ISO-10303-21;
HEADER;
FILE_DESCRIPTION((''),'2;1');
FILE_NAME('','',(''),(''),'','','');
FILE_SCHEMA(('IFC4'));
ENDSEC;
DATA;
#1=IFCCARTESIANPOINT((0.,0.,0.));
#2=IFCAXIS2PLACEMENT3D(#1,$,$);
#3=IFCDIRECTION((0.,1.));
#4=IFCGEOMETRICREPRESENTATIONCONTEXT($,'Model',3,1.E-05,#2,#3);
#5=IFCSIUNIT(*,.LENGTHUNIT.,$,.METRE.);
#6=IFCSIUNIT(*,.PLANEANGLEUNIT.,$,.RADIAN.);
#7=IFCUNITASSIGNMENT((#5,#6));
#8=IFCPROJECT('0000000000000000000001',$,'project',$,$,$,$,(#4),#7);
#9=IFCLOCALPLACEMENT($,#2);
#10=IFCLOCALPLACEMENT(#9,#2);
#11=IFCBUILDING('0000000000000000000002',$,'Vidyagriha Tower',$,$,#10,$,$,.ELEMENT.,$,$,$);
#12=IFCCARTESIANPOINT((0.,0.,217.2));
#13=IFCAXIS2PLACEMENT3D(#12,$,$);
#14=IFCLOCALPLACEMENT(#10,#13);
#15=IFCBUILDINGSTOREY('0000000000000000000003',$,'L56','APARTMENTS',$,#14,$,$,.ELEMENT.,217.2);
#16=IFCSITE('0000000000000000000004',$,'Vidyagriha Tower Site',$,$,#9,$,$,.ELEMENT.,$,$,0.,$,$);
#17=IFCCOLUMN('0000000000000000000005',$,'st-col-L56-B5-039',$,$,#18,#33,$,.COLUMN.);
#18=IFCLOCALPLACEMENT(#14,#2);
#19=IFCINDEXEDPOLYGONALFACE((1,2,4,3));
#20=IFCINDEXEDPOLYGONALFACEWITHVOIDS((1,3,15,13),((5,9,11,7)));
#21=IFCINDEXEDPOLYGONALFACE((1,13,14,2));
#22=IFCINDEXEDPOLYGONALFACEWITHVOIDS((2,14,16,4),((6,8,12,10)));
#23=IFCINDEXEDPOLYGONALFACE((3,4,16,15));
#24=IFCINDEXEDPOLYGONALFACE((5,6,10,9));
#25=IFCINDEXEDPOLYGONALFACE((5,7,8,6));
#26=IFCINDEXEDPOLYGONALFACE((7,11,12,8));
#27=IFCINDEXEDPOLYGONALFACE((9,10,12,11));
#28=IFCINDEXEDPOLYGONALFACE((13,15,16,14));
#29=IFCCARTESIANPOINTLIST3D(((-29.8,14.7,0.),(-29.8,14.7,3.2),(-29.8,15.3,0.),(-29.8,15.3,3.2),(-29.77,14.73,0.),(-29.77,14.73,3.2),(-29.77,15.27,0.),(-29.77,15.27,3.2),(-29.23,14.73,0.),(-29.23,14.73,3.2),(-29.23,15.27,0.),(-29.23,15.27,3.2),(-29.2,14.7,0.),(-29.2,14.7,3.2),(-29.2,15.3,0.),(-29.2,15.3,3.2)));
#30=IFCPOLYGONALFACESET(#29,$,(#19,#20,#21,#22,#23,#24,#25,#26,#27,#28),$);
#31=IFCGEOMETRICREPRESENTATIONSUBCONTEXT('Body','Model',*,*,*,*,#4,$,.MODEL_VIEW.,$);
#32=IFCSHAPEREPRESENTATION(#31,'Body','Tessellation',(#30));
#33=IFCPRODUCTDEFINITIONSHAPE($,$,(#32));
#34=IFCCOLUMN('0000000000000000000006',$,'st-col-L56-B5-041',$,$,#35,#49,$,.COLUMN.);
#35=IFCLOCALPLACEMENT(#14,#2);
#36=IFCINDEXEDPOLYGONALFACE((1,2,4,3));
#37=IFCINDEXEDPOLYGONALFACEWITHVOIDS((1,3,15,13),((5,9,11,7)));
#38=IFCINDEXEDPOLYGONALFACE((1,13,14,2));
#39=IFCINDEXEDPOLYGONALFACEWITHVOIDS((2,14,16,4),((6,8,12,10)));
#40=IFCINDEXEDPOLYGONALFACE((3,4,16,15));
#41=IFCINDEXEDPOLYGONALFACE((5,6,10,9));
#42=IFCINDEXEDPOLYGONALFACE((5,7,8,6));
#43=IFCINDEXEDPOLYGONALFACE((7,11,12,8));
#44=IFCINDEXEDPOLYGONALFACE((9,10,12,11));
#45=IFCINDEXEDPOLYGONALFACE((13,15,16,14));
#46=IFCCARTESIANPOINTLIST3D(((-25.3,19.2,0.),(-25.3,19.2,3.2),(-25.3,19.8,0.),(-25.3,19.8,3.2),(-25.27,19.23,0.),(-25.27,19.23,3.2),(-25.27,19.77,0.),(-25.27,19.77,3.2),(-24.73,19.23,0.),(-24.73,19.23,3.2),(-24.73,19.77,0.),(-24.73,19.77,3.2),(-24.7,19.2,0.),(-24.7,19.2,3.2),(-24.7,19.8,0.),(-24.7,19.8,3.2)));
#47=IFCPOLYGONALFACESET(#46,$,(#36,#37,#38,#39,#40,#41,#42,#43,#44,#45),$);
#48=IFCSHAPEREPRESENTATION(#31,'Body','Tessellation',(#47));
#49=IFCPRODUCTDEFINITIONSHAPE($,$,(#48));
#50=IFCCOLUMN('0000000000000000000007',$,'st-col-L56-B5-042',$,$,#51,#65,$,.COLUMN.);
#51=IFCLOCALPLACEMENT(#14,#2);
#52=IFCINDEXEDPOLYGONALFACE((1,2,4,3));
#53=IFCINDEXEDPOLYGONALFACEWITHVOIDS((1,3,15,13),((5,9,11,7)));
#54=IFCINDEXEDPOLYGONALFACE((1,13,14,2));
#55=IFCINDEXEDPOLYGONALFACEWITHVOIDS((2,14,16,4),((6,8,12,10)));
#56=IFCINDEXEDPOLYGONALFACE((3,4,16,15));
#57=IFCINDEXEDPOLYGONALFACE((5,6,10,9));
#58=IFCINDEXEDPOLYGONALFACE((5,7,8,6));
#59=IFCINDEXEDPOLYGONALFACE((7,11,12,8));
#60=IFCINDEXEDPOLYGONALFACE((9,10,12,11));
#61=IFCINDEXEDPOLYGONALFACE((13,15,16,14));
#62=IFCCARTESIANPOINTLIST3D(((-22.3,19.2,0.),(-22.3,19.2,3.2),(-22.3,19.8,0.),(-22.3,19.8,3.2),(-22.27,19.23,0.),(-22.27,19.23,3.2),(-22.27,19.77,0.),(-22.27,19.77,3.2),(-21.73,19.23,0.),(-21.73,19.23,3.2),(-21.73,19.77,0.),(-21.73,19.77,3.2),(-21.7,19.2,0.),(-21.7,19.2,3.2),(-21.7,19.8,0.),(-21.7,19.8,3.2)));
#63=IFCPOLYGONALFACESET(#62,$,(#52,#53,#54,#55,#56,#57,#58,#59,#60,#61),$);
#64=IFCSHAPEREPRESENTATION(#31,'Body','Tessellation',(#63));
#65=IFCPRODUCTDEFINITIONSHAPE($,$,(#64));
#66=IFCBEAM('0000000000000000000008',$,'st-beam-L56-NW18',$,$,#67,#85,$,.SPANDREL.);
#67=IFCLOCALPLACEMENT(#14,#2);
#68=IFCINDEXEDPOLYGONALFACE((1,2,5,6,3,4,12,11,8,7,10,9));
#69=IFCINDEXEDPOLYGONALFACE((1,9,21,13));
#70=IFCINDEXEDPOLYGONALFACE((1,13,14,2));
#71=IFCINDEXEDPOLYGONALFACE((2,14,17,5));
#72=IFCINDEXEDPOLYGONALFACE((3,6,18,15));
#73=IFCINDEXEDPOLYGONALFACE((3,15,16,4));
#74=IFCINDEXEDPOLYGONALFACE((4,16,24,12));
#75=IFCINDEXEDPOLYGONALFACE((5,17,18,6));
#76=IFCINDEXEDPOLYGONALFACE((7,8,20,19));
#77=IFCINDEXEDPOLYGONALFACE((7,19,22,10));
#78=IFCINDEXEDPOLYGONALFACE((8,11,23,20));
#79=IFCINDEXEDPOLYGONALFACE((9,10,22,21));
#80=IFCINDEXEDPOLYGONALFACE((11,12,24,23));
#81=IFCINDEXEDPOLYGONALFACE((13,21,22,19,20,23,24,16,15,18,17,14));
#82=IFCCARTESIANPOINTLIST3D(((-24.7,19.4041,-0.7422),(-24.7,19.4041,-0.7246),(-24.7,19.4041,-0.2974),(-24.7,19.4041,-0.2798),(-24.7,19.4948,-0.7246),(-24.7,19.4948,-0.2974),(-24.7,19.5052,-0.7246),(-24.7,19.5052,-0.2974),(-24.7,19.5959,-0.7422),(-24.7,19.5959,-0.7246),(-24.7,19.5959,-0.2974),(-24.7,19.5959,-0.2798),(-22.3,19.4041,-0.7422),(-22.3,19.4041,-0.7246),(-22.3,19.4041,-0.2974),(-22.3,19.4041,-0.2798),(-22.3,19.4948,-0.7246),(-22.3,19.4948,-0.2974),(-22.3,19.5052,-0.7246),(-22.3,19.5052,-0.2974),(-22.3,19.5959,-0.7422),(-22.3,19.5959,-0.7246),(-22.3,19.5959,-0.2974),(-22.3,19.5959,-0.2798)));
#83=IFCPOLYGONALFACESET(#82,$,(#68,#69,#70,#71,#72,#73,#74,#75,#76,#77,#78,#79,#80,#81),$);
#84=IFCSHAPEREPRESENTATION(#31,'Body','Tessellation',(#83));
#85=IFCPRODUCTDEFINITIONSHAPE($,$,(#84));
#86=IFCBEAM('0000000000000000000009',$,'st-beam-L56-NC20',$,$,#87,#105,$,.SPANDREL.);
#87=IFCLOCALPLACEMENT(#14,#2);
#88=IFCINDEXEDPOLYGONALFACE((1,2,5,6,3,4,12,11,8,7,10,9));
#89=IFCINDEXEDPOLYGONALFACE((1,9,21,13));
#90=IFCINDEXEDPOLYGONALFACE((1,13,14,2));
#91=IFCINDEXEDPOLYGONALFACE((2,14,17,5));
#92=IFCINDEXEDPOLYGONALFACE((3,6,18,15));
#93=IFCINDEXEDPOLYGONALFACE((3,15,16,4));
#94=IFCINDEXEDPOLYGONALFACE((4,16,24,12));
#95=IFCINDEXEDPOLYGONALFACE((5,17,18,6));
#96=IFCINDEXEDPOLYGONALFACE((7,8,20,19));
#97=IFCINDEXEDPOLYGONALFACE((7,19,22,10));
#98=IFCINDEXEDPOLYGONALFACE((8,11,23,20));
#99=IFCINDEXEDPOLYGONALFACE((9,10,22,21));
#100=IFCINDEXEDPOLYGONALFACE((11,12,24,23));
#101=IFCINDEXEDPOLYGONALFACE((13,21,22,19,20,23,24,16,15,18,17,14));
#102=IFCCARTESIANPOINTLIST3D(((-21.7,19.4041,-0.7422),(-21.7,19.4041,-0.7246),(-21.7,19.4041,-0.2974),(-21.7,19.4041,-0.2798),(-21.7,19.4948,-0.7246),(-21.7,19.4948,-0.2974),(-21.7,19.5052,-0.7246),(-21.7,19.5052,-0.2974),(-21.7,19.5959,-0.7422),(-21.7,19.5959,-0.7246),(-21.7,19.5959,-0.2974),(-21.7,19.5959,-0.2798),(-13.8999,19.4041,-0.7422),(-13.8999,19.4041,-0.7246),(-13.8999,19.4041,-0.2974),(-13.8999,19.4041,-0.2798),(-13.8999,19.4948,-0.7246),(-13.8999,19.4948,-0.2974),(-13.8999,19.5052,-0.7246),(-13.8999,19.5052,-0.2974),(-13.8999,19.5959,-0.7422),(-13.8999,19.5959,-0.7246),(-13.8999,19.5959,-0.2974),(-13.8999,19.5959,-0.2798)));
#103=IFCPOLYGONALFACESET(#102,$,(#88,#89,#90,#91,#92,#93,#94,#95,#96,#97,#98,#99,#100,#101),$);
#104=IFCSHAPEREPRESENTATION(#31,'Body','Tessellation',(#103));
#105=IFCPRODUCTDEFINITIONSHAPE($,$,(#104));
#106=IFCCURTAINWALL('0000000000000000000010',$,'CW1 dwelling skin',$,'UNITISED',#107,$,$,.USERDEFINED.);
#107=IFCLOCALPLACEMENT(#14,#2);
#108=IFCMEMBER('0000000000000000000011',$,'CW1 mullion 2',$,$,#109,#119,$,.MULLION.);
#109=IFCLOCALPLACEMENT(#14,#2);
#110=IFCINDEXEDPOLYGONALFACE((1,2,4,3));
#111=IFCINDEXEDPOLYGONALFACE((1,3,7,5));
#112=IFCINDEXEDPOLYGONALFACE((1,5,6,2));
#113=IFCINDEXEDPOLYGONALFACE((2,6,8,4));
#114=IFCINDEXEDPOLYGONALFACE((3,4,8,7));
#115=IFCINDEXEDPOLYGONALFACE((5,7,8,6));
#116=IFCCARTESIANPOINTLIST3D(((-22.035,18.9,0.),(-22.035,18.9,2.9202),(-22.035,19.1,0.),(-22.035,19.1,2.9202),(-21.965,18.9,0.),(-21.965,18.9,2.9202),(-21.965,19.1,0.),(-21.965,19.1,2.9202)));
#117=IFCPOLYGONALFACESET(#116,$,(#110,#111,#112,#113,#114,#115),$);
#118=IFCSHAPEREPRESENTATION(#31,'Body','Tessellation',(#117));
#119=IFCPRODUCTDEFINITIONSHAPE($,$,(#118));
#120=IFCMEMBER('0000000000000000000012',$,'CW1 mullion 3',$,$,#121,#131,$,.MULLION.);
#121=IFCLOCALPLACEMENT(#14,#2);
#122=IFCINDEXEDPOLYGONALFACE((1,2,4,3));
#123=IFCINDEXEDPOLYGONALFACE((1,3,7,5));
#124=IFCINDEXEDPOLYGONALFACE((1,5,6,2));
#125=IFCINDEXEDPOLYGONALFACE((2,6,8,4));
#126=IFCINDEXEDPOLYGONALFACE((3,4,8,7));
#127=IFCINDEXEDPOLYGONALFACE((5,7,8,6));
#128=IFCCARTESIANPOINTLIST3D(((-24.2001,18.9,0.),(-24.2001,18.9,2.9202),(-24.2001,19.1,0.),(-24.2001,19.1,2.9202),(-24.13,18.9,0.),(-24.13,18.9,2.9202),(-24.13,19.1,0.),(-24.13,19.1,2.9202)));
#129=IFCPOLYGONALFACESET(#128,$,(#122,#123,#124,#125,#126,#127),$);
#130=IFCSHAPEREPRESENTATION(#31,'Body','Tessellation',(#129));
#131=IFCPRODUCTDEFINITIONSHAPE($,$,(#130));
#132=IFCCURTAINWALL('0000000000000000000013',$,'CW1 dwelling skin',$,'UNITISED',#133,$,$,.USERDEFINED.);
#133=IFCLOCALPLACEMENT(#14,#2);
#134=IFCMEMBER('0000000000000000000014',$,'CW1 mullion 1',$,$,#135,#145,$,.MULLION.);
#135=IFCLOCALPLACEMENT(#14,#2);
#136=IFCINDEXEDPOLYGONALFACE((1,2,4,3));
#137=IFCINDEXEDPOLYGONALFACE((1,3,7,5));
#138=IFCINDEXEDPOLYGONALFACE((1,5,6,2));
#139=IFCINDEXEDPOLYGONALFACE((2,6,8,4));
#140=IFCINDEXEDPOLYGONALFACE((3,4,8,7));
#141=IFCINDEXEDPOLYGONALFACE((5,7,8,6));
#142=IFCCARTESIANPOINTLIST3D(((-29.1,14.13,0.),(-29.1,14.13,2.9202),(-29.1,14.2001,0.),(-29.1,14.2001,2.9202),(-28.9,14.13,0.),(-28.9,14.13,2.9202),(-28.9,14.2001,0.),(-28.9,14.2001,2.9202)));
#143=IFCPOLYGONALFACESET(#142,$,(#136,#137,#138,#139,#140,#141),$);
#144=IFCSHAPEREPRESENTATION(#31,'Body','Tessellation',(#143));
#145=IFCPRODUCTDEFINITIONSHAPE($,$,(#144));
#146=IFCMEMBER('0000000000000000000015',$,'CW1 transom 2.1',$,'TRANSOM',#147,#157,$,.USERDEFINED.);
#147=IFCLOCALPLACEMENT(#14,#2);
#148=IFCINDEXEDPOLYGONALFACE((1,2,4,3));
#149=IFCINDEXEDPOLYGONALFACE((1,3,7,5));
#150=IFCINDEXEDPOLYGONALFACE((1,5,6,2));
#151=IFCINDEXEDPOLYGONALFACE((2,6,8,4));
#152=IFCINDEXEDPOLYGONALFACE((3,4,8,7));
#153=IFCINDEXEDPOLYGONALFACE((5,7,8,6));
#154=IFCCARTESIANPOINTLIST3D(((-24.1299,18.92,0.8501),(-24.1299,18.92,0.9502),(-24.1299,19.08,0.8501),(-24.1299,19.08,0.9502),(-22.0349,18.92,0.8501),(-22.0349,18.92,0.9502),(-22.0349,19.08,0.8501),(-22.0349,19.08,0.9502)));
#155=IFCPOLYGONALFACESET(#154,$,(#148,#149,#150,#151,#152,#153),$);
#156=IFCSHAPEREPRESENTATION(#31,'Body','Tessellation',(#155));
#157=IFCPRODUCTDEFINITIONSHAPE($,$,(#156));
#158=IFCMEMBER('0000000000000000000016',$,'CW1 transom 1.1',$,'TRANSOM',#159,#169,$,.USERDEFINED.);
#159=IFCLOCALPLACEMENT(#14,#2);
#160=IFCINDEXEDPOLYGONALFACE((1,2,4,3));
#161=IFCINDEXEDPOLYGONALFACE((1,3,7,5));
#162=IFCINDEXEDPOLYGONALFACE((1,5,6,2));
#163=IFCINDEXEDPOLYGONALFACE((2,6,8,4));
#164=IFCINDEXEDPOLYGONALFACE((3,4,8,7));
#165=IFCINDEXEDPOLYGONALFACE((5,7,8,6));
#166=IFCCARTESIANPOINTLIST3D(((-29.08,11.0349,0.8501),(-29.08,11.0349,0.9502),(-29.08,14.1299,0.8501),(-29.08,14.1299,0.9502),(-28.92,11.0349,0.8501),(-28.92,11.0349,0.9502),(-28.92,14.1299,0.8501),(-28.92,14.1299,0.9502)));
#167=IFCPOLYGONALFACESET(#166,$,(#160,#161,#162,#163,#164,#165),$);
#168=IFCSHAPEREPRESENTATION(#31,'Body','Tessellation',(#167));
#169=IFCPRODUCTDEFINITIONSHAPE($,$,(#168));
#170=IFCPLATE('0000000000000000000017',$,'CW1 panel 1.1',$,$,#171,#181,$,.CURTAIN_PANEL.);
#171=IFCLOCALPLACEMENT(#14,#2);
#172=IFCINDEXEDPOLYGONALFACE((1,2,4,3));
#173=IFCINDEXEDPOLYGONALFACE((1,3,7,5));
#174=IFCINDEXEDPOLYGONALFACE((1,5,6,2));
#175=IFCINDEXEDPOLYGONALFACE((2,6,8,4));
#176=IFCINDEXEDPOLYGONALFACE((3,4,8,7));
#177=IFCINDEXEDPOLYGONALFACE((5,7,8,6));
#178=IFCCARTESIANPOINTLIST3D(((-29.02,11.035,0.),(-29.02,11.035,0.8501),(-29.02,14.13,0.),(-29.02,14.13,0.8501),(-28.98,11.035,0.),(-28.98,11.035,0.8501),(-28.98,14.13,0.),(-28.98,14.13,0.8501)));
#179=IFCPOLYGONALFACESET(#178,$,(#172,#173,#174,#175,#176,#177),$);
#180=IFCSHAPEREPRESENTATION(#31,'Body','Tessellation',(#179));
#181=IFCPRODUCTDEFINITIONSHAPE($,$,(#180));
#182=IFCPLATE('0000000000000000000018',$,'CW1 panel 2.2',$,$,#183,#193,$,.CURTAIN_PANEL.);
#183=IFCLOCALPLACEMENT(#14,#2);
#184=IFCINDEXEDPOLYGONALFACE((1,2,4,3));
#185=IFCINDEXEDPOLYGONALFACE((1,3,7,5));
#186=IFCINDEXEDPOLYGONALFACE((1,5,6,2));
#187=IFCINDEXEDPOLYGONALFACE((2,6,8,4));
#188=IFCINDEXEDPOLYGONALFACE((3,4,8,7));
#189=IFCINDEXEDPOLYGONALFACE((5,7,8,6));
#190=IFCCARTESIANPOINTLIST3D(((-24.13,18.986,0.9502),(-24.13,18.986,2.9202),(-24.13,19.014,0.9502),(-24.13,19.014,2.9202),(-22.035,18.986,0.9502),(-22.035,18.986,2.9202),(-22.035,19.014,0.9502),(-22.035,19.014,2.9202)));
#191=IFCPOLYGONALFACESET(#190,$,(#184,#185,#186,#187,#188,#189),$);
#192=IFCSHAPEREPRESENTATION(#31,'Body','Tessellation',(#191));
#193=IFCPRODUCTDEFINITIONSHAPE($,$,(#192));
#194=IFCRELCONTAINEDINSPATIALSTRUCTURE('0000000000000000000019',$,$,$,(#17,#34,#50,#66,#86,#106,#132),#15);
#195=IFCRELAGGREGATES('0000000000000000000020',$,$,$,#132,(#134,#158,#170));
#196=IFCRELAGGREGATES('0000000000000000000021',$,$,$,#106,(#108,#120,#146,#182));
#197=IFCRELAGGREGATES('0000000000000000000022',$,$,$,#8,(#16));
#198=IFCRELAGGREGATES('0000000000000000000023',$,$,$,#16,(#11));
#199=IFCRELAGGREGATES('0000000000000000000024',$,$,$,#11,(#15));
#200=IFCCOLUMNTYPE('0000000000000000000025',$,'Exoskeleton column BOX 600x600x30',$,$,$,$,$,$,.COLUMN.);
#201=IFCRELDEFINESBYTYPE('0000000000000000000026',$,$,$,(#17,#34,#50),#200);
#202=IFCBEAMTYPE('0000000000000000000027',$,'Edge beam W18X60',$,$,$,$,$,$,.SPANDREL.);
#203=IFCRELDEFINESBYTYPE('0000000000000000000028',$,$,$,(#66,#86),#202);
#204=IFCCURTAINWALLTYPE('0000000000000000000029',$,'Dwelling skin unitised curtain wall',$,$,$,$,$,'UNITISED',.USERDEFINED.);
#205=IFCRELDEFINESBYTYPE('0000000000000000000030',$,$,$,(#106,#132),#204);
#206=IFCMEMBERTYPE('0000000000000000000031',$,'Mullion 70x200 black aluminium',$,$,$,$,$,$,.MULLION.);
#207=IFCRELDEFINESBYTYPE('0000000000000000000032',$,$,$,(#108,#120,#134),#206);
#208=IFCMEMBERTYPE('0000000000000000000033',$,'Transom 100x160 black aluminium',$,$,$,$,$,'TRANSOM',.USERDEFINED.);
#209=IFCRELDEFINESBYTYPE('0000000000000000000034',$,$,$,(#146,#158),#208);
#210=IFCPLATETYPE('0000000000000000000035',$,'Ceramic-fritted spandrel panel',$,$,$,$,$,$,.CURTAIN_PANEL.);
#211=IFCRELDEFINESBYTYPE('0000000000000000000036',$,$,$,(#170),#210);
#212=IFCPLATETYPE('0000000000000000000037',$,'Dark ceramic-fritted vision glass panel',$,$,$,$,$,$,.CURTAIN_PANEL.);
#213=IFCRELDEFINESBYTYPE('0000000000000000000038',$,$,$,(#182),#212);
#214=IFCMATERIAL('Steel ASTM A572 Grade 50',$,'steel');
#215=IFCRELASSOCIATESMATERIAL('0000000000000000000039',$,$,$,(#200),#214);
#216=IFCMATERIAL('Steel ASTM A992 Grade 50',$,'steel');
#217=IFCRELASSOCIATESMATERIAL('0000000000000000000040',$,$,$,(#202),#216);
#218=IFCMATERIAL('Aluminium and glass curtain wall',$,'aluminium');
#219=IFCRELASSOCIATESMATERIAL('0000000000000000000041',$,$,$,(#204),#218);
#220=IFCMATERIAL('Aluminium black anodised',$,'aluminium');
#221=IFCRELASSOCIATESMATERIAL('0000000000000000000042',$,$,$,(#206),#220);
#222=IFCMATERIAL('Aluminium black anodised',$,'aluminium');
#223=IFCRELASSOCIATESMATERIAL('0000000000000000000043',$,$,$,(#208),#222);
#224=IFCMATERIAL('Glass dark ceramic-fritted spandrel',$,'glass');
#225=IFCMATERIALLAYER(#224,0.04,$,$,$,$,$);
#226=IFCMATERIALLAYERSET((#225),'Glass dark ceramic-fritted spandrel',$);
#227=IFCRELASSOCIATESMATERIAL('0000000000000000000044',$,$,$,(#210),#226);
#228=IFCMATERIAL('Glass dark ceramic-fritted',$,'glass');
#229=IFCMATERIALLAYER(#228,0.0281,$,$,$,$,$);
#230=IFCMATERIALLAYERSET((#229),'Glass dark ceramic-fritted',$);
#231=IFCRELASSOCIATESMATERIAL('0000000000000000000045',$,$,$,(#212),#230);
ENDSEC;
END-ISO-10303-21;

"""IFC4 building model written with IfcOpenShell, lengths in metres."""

from ifc_helpers import new_model, si_unit, direction, frame, origin, origin_2d, place, context, subcontext, project, spatial, rectangle, hollow_rectangle, i_section, extrude, material, layer, layer_set, material_profile, profile_set, type_object, element, aggregate, save


model = new_model("IFC4")

# Units and contexts
model_context = context("Model", 3, precision=1e-05, world=origin(), true_north=direction((0.0, 1.0)))
body_context = subcontext(model_context, "Body", "Model", "MODEL_VIEW")
ifc_project = project(units=[si_unit("LENGTHUNIT", "METRE"), si_unit("PLANEANGLEUNIT", "RADIAN")], contexts=[model_context])

# Site, building, storey
site_placement = place(None, origin())
site = spatial("IfcSite", under=ifc_project, at=site_placement, Name="Vidyagriha Tower Site", CompositionType="ELEMENT", RefElevation=0.0)
building_placement = place(site_placement, origin())
building = spatial("IfcBuilding", under=site, at=building_placement, Name="Vidyagriha Tower", CompositionType="ELEMENT")
storey_placement = place(building_placement, frame((0.0, 0.0, 217.2)))
storey = spatial("IfcBuildingStorey", under=building, at=storey_placement, Name="L56", Description="APARTMENTS", CompositionType="ELEMENT", Elevation=217.2)

# Columns
ifc_material_1 = material(Name="Steel ASTM A572 Grade 50", Category="steel")
ifc_material_profile_1 = material_profile(ifc_material_1, hollow_rectangle(XDim=0.6001, YDim=0.6001, WallThickness=0.03, at=origin_2d()), Name="BOX 600x600x30")
ifc_profile_set_1 = profile_set([ifc_material_profile_1], Name="Steel ASTM A572 Grade 50")
column_type = type_object("IfcColumnType", Name="Exoskeleton column BOX 600x600x30", PredefinedType="COLUMN", material=ifc_profile_set_1)
for number, where, name in (
    (1, (-29.5, 15.0, 0.0), "st-col-L56-B5-039"),
    (2, (-25.0, 19.5, 0.0), "st-col-L56-B5-041"),
    (3, (-22.0, 19.5, 0.0), "st-col-L56-B5-042"),
):
    element("IfcColumn", number, at=place(storey_placement, frame(where)), inside=storey, type_object=column_type, Name=name, PredefinedType="COLUMN", context=body_context, shape_type="SweptSolid", body=[
        extrude(hollow_rectangle(XDim=0.6001, YDim=0.6001, WallThickness=0.03, at=origin_2d()), origin(), (0.0, 0.0, 1.0), 3.2),
    ])

# Beams
ifc_material_2 = material(Name="Steel ASTM A992 Grade 50", Category="steel")
ifc_material_profile_2 = material_profile(ifc_material_2, i_section(OverallWidth=0.1919, OverallDepth=0.4624, WebThickness=0.0105, FlangeThickness=0.0176, at=origin_2d()), Name="W18X60")
ifc_profile_set_2 = profile_set([ifc_material_profile_2], Name="Steel ASTM A992 Grade 50")
beam_type = type_object("IfcBeamType", Name="Edge beam W18X60", PredefinedType="SPANDREL", material=ifc_profile_set_2)
beam_1_placement = place(storey_placement, frame((-24.7, 19.5, -0.511), z_axis=(1.0, 0.0, 0.0), x_axis=(0.0, 1.0, 0.0)))
element("IfcBeam", 4, at=beam_1_placement, inside=storey, type_object=beam_type, Name="st-beam-L56-NW18", PredefinedType="SPANDREL", context=body_context, shape_type="SweptSolid", body=[
    extrude(i_section(OverallWidth=0.1919, OverallDepth=0.4624, WebThickness=0.0105, FlangeThickness=0.0176, at=origin_2d()), origin(), (0.0, 0.0, 1.0), 2.3999),
])
beam_2_placement = place(storey_placement, frame((-21.7, 19.5, -0.511), z_axis=(1.0, 0.0, 0.0), x_axis=(0.0, 1.0, 0.0)))
element("IfcBeam", 5, at=beam_2_placement, inside=storey, type_object=beam_type, Name="st-beam-L56-NC20", PredefinedType="SPANDREL", context=body_context, shape_type="SweptSolid", body=[
    extrude(i_section(OverallWidth=0.1919, OverallDepth=0.4624, WebThickness=0.0105, FlangeThickness=0.0176, at=origin_2d()), origin(), (0.0, 0.0, 1.0), 7.8),
])

# Curtain wall, members
ifc_material_3 = material(Name="Aluminium and glass curtain wall", Category="aluminium")
curtain_wall_type = type_object("IfcCurtainWallType", Name="Dwelling skin unitised curtain wall", ElementType="UNITISED", PredefinedType="USERDEFINED", material=ifc_material_3)
curtain_wall_1_placement = place(storey_placement, origin())
curtain_wall_1 = element("IfcCurtainWall", 6, at=curtain_wall_1_placement, inside=storey, type_object=curtain_wall_type, Name="CW1 dwelling skin", ObjectType="UNITISED", PredefinedType="USERDEFINED")
ifc_material_4 = material(Name="Aluminium black anodised", Category="aluminium")
ifc_material_profile_3 = material_profile(ifc_material_4, rectangle(XDim=0.2, YDim=0.0701, at=origin_2d()), Name="Mullion 70x200 black aluminium")
ifc_profile_set_3 = profile_set([ifc_material_profile_3], Name="Aluminium black anodised")
member_type_1 = type_object("IfcMemberType", Name="Mullion 70x200 black aluminium", PredefinedType="MULLION", material=ifc_profile_set_3)
member_1_placement = place(storey_placement, frame((-22.0, 19.0, 0.0), z_axis=(0.0, 0.0, 1.0), x_axis=(0.0, -1.0, 0.0)))
member_1 = element("IfcMember", 7, at=member_1_placement, type_object=member_type_1, Name="CW1 mullion 2", PredefinedType="MULLION", context=body_context, shape_type="SweptSolid", body=[
    extrude(rectangle(XDim=0.2, YDim=0.0701, at=origin_2d()), origin(), (0.0, 0.0, 1.0), 2.9202),
])
member_2_placement = place(storey_placement, frame((-24.165, 19.0, 0.0), z_axis=(0.0, 0.0, 1.0), x_axis=(0.0, -1.0, 0.0)))
member_2 = element("IfcMember", 8, at=member_2_placement, type_object=member_type_1, Name="CW1 mullion 3", PredefinedType="MULLION", context=body_context, shape_type="SweptSolid", body=[
    extrude(rectangle(XDim=0.2, YDim=0.0701, at=origin_2d()), origin(), (0.0, 0.0, 1.0), 2.9202),
])

# Curtain wall, member
curtain_wall_2_placement = place(storey_placement, origin())
curtain_wall_2 = element("IfcCurtainWall", 9, at=curtain_wall_2_placement, inside=storey, type_object=curtain_wall_type, Name="CW1 dwelling skin", ObjectType="UNITISED", PredefinedType="USERDEFINED")
member_3_placement = place(storey_placement, frame((-29.0, 14.165, 0.0)))
member_3 = element("IfcMember", 10, at=member_3_placement, type_object=member_type_1, Name="CW1 mullion 1", PredefinedType="MULLION", context=body_context, shape_type="SweptSolid", body=[
    extrude(rectangle(XDim=0.2, YDim=0.0701, at=origin_2d()), origin(), (0.0, 0.0, 1.0), 2.9202),
])

# Members
ifc_material_5 = material(Name="Aluminium black anodised", Category="aluminium")
ifc_material_profile_4 = material_profile(ifc_material_5, rectangle(XDim=0.1599, YDim=0.1001, at=origin_2d()), Name="Transom 100x160 black aluminium")
ifc_profile_set_4 = profile_set([ifc_material_profile_4], Name="Aluminium black anodised")
member_type_2 = type_object("IfcMemberType", Name="Transom 100x160 black aluminium", ElementType="TRANSOM", PredefinedType="USERDEFINED", material=ifc_profile_set_4)
member_4_placement = place(storey_placement, frame((-22.0349, 19.0, 0.9001), z_axis=(-1.0, 0.0, 0.0), x_axis=(0.0, -1.0, 0.0)))
member_4 = element("IfcMember", 11, at=member_4_placement, type_object=member_type_2, Name="CW1 transom 2.1", ObjectType="TRANSOM", PredefinedType="USERDEFINED", context=body_context, shape_type="SweptSolid", body=[
    extrude(rectangle(XDim=0.1599, YDim=0.1001, at=origin_2d()), origin(), (0.0, 0.0, 1.0), 2.095),
])
member_5_placement = place(storey_placement, frame((-29.0, 14.1299, 0.9001), z_axis=(0.0, -1.0, 0.0), x_axis=(1.0, 0.0, 0.0)))
member_5 = element("IfcMember", 12, at=member_5_placement, type_object=member_type_2, Name="CW1 transom 1.1", ObjectType="TRANSOM", PredefinedType="USERDEFINED", context=body_context, shape_type="SweptSolid", body=[
    extrude(rectangle(XDim=0.1599, YDim=0.1001, at=origin_2d()), origin(), (0.0, 0.0, 1.0), 3.095),
])

# Plates
ifc_material_6 = material(Name="Glass dark ceramic-fritted spandrel", Category="glass")
ifc_layer_1 = layer(ifc_material_6, 0.04)
ifc_layer_set_1 = layer_set([ifc_layer_1], Name="Glass dark ceramic-fritted spandrel")
plate_type_1 = type_object("IfcPlateType", Name="Ceramic-fritted spandrel panel", PredefinedType="CURTAIN_PANEL", material=ifc_layer_set_1)
plate_1_placement = place(storey_placement, frame((-29.0, 12.5825, 0.0), z_axis=(0.0, 0.0, 1.0), x_axis=(0.0, -1.0, 0.0)))
plate_1 = element("IfcPlate", 13, at=plate_1_placement, type_object=plate_type_1, Name="CW1 panel 1.1", PredefinedType="CURTAIN_PANEL", context=body_context, shape_type="SweptSolid", body=[
    extrude(rectangle(XDim=3.095, YDim=0.04, at=origin_2d()), origin(), (0.0, 0.0, 1.0), 0.8501),
])
ifc_material_7 = material(Name="Glass dark ceramic-fritted", Category="glass")
ifc_layer_2 = layer(ifc_material_7, 0.0281)
ifc_layer_set_2 = layer_set([ifc_layer_2], Name="Glass dark ceramic-fritted")
plate_type_2 = type_object("IfcPlateType", Name="Dark ceramic-fritted vision glass panel", PredefinedType="CURTAIN_PANEL", material=ifc_layer_set_2)
plate_2_placement = place(storey_placement, frame((-23.0825, 19.0, 0.9502), z_axis=(0.0, 0.0, 1.0), x_axis=(-1.0, 0.0, 0.0)))
plate_2 = element("IfcPlate", 14, at=plate_2_placement, type_object=plate_type_2, Name="CW1 panel 2.2", PredefinedType="CURTAIN_PANEL", context=body_context, shape_type="SweptSolid", body=[
    extrude(rectangle(XDim=2.095, YDim=0.0281, at=origin_2d()), origin(), (0.0, 0.0, 1.0), 1.97),
])
aggregate(curtain_wall_2, [member_3, member_5, plate_1])
aggregate(curtain_wall_1, [member_1, member_2, member_4, plate_2])

save(model, "model.ifc")
